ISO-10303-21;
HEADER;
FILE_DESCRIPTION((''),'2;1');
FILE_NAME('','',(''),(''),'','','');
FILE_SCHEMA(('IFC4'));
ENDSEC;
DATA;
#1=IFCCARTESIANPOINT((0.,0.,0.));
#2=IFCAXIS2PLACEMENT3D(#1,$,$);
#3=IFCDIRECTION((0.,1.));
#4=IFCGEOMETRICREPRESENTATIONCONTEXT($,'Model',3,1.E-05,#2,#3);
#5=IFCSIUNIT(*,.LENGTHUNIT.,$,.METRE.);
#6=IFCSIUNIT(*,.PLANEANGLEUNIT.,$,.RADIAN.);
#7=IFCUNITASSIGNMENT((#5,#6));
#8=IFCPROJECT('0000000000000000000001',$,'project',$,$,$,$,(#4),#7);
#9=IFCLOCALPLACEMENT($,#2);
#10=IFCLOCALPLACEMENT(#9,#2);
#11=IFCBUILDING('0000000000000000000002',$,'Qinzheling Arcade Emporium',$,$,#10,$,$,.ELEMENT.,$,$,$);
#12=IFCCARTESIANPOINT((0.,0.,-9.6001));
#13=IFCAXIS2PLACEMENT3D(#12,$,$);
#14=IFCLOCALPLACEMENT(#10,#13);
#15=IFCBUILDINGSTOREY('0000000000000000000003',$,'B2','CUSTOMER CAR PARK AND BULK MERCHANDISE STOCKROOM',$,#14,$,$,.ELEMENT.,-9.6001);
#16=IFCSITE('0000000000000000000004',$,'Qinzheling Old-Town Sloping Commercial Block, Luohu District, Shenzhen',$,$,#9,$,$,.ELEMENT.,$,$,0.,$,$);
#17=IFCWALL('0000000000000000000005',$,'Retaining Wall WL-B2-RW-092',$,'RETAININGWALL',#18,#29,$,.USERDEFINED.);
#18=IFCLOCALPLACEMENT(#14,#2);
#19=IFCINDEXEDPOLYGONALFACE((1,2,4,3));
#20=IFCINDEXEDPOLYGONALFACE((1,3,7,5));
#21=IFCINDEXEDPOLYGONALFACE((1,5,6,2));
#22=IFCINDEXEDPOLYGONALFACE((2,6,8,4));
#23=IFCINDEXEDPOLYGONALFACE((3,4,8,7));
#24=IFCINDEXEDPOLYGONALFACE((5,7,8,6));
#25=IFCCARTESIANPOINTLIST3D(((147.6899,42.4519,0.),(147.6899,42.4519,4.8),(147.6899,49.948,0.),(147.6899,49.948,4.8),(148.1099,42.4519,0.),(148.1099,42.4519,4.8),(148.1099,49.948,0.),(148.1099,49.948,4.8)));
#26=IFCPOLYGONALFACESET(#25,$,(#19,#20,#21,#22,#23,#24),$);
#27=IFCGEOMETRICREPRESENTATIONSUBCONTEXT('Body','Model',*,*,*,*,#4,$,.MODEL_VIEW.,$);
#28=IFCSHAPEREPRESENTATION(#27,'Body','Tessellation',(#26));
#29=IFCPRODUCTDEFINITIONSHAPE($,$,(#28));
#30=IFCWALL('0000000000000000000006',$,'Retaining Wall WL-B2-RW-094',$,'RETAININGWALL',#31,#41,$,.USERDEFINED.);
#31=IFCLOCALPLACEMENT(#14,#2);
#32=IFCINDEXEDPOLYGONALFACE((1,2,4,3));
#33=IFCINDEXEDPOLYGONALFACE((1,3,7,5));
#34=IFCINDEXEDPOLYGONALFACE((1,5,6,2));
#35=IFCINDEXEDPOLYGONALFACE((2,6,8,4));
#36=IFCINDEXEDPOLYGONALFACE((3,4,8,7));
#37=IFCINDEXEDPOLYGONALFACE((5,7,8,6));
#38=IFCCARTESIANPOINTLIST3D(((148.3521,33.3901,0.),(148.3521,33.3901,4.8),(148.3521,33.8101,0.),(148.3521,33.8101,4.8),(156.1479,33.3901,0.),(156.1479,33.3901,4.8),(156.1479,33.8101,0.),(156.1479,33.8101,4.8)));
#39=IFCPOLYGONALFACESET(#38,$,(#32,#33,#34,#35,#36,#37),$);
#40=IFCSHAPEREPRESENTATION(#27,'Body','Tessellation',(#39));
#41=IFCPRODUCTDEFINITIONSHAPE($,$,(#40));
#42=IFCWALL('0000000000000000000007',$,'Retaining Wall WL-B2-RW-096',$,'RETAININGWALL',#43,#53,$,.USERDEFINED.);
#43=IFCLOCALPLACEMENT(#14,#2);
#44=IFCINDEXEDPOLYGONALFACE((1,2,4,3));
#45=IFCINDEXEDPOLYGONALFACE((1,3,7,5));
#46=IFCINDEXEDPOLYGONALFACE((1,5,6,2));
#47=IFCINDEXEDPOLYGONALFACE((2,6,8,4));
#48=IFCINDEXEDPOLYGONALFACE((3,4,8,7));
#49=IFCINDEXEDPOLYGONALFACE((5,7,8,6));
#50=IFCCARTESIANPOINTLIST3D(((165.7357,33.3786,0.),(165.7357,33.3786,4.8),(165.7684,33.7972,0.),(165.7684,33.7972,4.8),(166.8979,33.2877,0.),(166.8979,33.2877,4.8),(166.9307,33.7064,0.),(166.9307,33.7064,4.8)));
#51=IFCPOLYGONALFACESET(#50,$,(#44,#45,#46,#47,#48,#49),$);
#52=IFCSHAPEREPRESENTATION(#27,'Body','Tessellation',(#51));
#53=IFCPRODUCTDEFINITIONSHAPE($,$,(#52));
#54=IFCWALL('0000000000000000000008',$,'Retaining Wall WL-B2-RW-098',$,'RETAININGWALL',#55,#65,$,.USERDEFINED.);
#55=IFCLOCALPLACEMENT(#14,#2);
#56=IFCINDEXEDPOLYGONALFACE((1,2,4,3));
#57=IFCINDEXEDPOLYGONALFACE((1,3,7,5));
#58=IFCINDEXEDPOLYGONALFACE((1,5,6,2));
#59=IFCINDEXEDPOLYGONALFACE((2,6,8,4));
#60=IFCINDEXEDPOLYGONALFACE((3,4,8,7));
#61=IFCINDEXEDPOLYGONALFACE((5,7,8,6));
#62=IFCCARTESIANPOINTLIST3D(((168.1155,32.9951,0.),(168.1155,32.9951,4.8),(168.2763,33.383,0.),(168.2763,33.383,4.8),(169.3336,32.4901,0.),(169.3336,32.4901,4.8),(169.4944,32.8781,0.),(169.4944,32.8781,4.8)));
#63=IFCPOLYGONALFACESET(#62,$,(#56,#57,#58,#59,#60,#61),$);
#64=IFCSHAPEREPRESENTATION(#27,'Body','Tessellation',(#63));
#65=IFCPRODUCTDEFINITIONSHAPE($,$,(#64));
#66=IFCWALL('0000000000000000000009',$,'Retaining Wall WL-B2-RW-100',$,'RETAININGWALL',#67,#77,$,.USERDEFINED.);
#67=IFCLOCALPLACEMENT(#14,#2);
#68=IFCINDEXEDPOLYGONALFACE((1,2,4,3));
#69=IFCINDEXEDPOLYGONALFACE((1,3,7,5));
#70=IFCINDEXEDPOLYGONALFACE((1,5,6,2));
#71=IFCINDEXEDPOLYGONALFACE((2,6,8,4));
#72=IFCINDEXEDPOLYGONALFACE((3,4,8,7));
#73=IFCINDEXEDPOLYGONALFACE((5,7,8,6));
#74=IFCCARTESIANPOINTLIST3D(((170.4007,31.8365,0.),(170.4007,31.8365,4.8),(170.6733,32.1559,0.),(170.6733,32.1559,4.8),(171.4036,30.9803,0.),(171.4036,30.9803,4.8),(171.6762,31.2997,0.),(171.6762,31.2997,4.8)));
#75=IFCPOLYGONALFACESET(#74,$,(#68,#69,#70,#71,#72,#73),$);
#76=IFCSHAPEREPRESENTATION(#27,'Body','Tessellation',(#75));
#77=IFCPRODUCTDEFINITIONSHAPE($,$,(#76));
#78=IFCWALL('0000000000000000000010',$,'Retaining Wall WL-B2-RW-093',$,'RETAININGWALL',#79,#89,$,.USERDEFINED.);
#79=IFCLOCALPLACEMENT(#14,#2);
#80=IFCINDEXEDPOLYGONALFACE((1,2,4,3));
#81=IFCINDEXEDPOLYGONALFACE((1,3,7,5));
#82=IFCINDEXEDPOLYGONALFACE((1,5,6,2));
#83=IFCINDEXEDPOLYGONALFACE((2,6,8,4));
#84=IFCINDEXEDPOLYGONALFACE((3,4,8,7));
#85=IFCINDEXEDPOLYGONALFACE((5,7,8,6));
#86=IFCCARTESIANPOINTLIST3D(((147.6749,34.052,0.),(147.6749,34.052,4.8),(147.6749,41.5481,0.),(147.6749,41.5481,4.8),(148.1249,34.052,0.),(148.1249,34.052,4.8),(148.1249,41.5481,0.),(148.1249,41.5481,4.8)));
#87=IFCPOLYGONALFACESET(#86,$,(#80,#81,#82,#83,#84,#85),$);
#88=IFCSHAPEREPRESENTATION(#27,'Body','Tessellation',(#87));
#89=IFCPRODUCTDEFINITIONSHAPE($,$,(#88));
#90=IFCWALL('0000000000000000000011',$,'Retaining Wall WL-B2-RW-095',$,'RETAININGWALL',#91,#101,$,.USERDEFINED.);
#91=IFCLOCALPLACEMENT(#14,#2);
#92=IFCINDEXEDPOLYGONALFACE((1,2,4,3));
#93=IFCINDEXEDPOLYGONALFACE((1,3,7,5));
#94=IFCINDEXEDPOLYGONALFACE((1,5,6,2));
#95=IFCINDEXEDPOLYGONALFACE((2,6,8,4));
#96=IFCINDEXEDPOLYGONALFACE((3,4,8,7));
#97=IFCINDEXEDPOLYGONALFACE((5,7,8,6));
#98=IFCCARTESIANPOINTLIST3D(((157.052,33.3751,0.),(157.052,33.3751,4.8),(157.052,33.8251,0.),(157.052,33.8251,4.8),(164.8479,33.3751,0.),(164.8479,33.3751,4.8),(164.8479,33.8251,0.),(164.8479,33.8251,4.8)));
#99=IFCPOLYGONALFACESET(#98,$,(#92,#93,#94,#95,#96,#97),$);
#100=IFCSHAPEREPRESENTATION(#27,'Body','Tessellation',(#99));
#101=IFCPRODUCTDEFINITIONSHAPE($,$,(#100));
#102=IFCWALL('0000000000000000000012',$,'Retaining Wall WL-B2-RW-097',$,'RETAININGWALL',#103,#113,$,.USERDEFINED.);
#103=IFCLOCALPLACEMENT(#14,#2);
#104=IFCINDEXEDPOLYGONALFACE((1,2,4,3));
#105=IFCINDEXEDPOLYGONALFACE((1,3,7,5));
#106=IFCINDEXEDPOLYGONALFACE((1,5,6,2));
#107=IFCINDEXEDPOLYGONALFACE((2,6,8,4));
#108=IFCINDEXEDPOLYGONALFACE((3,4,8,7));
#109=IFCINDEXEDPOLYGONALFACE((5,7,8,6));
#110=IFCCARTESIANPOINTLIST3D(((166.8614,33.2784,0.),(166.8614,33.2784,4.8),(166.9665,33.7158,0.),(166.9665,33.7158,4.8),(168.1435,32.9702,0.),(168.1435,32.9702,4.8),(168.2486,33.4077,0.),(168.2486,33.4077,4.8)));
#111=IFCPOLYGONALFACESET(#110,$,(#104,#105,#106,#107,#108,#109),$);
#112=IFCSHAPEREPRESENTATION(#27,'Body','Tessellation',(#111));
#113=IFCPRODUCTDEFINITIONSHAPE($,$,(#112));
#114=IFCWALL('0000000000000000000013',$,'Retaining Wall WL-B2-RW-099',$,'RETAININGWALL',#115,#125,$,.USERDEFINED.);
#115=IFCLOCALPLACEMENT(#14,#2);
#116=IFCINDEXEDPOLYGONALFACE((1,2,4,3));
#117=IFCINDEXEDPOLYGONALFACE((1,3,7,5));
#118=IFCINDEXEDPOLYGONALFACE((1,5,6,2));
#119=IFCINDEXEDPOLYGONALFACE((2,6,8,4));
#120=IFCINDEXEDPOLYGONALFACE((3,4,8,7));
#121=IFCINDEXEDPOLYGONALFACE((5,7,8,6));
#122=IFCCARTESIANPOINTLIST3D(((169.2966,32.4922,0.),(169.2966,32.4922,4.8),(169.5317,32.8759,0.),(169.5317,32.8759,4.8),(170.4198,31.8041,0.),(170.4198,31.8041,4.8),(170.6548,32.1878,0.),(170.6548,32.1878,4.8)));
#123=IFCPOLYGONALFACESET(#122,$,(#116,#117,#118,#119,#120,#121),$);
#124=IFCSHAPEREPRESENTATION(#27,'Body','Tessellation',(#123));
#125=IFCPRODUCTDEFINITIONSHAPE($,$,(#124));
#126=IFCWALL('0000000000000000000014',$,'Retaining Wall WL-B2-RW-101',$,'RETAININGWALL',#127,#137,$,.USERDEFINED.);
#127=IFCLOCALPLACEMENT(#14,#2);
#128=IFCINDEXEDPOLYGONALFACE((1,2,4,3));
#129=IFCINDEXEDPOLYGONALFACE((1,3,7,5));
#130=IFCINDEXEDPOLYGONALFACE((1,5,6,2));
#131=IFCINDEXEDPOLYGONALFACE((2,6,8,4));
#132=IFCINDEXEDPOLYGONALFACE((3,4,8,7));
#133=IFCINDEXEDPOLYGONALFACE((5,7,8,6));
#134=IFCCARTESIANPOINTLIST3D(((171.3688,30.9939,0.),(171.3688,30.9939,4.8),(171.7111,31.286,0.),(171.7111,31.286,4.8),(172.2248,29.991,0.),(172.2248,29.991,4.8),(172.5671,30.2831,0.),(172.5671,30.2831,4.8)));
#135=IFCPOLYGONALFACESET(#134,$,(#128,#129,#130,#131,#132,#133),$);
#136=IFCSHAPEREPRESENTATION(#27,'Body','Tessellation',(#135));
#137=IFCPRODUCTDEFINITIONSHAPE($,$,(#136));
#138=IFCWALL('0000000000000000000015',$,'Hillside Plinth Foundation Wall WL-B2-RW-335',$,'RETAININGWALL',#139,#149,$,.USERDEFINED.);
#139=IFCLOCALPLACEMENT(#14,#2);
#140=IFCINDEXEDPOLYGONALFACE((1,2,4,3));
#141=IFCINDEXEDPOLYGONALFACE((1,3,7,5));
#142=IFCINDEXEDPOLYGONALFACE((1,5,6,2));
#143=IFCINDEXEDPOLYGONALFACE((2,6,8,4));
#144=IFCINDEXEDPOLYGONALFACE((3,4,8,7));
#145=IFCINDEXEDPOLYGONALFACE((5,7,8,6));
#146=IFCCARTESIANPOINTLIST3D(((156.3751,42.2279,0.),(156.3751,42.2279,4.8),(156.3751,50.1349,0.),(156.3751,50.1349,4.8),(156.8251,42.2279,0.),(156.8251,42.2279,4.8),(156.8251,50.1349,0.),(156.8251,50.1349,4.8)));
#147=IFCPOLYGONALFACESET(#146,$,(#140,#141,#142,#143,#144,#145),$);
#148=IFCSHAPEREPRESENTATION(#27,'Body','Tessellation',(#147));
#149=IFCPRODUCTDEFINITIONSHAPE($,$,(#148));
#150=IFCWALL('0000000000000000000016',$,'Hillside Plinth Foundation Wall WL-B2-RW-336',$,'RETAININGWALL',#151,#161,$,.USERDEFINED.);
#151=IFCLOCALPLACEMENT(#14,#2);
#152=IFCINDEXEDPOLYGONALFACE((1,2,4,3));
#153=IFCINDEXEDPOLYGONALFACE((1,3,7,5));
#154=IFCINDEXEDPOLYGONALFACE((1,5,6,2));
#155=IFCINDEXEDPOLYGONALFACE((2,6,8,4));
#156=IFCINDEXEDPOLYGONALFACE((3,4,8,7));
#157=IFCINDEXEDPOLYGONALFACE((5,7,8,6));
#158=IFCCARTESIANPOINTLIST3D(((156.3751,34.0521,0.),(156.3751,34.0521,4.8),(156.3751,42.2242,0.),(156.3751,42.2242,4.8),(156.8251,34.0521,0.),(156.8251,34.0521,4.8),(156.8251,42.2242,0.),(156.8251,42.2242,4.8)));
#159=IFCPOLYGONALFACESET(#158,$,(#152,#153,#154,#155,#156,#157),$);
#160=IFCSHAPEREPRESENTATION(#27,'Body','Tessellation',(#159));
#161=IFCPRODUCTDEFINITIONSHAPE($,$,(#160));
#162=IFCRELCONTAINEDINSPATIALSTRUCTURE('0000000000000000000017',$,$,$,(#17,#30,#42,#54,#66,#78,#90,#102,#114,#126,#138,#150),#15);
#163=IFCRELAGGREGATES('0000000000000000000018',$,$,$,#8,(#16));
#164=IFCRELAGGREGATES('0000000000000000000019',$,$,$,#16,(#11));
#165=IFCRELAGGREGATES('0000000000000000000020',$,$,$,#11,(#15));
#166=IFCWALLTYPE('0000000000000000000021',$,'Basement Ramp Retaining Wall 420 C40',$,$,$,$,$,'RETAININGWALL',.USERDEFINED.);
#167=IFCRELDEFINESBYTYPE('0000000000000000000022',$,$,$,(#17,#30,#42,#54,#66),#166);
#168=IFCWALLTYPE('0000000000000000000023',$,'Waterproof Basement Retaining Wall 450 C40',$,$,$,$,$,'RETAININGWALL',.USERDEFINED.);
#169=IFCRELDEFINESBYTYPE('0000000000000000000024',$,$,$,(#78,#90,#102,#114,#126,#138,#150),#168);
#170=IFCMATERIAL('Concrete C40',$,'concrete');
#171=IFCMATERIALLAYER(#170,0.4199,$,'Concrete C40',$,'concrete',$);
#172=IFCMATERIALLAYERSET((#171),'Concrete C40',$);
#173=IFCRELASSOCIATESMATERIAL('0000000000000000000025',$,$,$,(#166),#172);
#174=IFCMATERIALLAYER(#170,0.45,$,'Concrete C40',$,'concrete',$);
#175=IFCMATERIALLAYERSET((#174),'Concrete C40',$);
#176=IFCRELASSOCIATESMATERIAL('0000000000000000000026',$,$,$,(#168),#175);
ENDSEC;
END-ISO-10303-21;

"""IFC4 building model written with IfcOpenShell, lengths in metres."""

from ifc_helpers import new_model, si_unit, direction, frame, frame_2d, origin, place, context, subcontext, project, spatial, rectangle, extrude, material, layer, layer_set, type_object, element, save


model = new_model("IFC4")

# Units and contexts
model_context = context("Model", 3, precision=1e-05, world=origin(), true_north=direction((0.0, 1.0)))
body_context = subcontext(model_context, "Body", "Model", "MODEL_VIEW")
ifc_project = project(units=[si_unit("LENGTHUNIT", "METRE"), si_unit("PLANEANGLEUNIT", "RADIAN")], contexts=[model_context])

# Site, building, storey
site_placement = place(None, origin())
site = spatial("IfcSite", under=ifc_project, at=site_placement, Name="Qinzheling Old-Town Sloping Commercial Block, Luohu District, Shenzhen", CompositionType="ELEMENT", RefElevation=0.0)
building_placement = place(site_placement, origin())
building = spatial("IfcBuilding", under=site, at=building_placement, Name="Qinzheling Arcade Emporium", CompositionType="ELEMENT")
storey_placement = place(building_placement, frame((0.0, 0.0, -9.6001)))
storey = spatial("IfcBuildingStorey", under=building, at=storey_placement, Name="B2", Description="CUSTOMER CAR PARK AND BULK MERCHANDISE STOCKROOM", CompositionType="ELEMENT", Elevation=-9.6001)

# Shared definitions
ifc_material_1 = material(Name="Concrete C40", Category="concrete")

# Walls
ifc_layer_1 = layer(ifc_material_1, 0.4199, Name="Concrete C40", Category="concrete")
ifc_layer_set_1 = layer_set([ifc_layer_1], Name="Concrete C40")
wall_type_1 = type_object("IfcWallType", Name="Basement Ramp Retaining Wall 420 C40", ElementType="RETAININGWALL", PredefinedType="USERDEFINED", material=ifc_layer_set_1)
wall_1_placement = place(storey_placement, frame((147.8999, 49.948, 0.0), z_axis=(0.0, 0.0, 1.0), x_axis=(0.0, -1.0, 0.0)))
element("IfcWall", 1, at=wall_1_placement, inside=storey, type_object=wall_type_1, Name="Retaining Wall WL-B2-RW-092", ObjectType="RETAININGWALL", PredefinedType="USERDEFINED", context=body_context, shape_type="SweptSolid", body=[
    extrude(rectangle(XDim=7.4961, YDim=0.4199, at=frame_2d((3.748, 0.0))), origin(), (0.0, 0.0, 1.0), 4.8),
])
wall_2_placement = place(storey_placement, frame((148.3521, 33.6001, 0.0), z_axis=(0.0, 0.0, 1.0), x_axis=(1.0, 0.0, 0.0)))
element("IfcWall", 2, at=wall_2_placement, inside=storey, type_object=wall_type_1, Name="Retaining Wall WL-B2-RW-094", ObjectType="RETAININGWALL", PredefinedType="USERDEFINED", context=body_context, shape_type="SweptSolid", body=[
    extrude(rectangle(XDim=7.7959, YDim=0.4199, at=frame_2d((3.8979, 0.0))), origin(), (0.0, 0.0, 1.0), 4.8),
])
wall_3_placement = place(storey_placement, frame((165.752, 33.5879, 0.0), z_axis=(0.0, 0.0, 1.0), x_axis=(0.99696, -0.077914, 0.0)))
element("IfcWall", 3, at=wall_3_placement, inside=storey, type_object=wall_type_1, Name="Retaining Wall WL-B2-RW-096", ObjectType="RETAININGWALL", PredefinedType="USERDEFINED", context=body_context, shape_type="SweptSolid", body=[
    extrude(rectangle(XDim=1.1658, YDim=0.4199, at=frame_2d((0.583, 0.0))), origin(), (0.0, 0.0, 1.0), 4.8),
])
for number, where, z_axis, x_axis, name in (
    (4, (168.196, 33.189, 0.0), (0.0, 0.0, 1.0), (0.923782, -0.382919, 0.0), "Retaining Wall WL-B2-RW-098"),
    (5, (170.5371, 31.9961, 0.0), (0.0, 0.0, 1.0), (0.760549, -0.649281, 0.0), "Retaining Wall WL-B2-RW-100"),
):
    element("IfcWall", number, at=place(storey_placement, frame(where, z_axis=z_axis, x_axis=x_axis)), inside=storey, type_object=wall_type_1, Name=name, ObjectType="RETAININGWALL", PredefinedType="USERDEFINED", context=body_context, shape_type="SweptSolid", body=[
        extrude(rectangle(XDim=1.3186, YDim=0.4199, at=frame_2d((0.6592, 0.0))), origin(), (0.0, 0.0, 1.0), 4.8),
    ])
ifc_layer_2 = layer(ifc_material_1, 0.45, Name="Concrete C40", Category="concrete")
ifc_layer_set_2 = layer_set([ifc_layer_2], Name="Concrete C40")
wall_type_2 = type_object("IfcWallType", Name="Waterproof Basement Retaining Wall 450 C40", ElementType="RETAININGWALL", PredefinedType="USERDEFINED", material=ifc_layer_set_2)
wall_4_placement = place(storey_placement, frame((147.8999, 41.5481, 0.0), z_axis=(0.0, 0.0, 1.0), x_axis=(0.0, -1.0, 0.0)))
element("IfcWall", 6, at=wall_4_placement, inside=storey, type_object=wall_type_2, Name="Retaining Wall WL-B2-RW-093", ObjectType="RETAININGWALL", PredefinedType="USERDEFINED", context=body_context, shape_type="SweptSolid", body=[
    extrude(rectangle(XDim=7.4961, YDim=0.45, at=frame_2d((3.748, 0.0))), origin(), (0.0, 0.0, 1.0), 4.8),
])
wall_5_placement = place(storey_placement, frame((157.052, 33.6001, 0.0), z_axis=(0.0, 0.0, 1.0), x_axis=(1.0, 0.0, 0.0)))
element("IfcWall", 7, at=wall_5_placement, inside=storey, type_object=wall_type_2, Name="Retaining Wall WL-B2-RW-095", ObjectType="RETAININGWALL", PredefinedType="USERDEFINED", context=body_context, shape_type="SweptSolid", body=[
    extrude(rectangle(XDim=7.7959, YDim=0.45, at=frame_2d((3.8979, 0.0))), origin(), (0.0, 0.0, 1.0), 4.8),
])
wall_6_placement = place(storey_placement, frame((166.9141, 33.4971, 0.0), z_axis=(0.0, 0.0, 1.0), x_axis=(0.972313, -0.233681, 0.0)))
element("IfcWall", 8, at=wall_6_placement, inside=storey, type_object=wall_type_2, Name="Retaining Wall WL-B2-RW-097", ObjectType="RETAININGWALL", PredefinedType="USERDEFINED", context=body_context, shape_type="SweptSolid", body=[
    extrude(rectangle(XDim=1.3186, YDim=0.45, at=frame_2d((0.6592, 0.0))), origin(), (0.0, 0.0, 1.0), 4.8),
])
wall_7_placement = place(storey_placement, frame((169.4141, 32.6841, 0.0), z_axis=(0.0, 0.0, 1.0), x_axis=(0.852713, -0.522379, 0.0)))
element("IfcWall", 9, at=wall_7_placement, inside=storey, type_object=wall_type_2, Name="Retaining Wall WL-B2-RW-099", ObjectType="RETAININGWALL", PredefinedType="USERDEFINED", context=body_context, shape_type="SweptSolid", body=[
    extrude(rectangle(XDim=1.3171, YDim=0.45, at=frame_2d((0.6587, 0.0))), origin(), (0.0, 0.0, 1.0), 4.8),
])
wall_8_placement = place(storey_placement, frame((171.54, 31.1399, 0.0), z_axis=(0.0, 0.0, 1.0), x_axis=(0.649174, -0.76064, 0.0)))
element("IfcWall", 10, at=wall_8_placement, inside=storey, type_object=wall_type_2, Name="Retaining Wall WL-B2-RW-101", ObjectType="RETAININGWALL", PredefinedType="USERDEFINED", context=body_context, shape_type="SweptSolid", body=[
    extrude(rectangle(XDim=1.3186, YDim=0.45, at=frame_2d((0.6592, 0.0))), origin(), (0.0, 0.0, 1.0), 4.8),
])
wall_9_placement = place(storey_placement, frame((156.6001, 50.135, 0.0), z_axis=(0.0, 0.0, 1.0), x_axis=(0.0, -1.0, 0.0)))
element("IfcWall", 11, at=wall_9_placement, inside=storey, type_object=wall_type_2, Name="Hillside Plinth Foundation Wall WL-B2-RW-335", ObjectType="RETAININGWALL", PredefinedType="USERDEFINED", context=body_context, shape_type="SweptSolid", body=[
    extrude(rectangle(XDim=7.907, YDim=0.45, at=frame_2d((3.9536, 0.0))), origin(), (0.0, 0.0, 1.0), 4.8),
])
wall_10_placement = place(storey_placement, frame((156.6001, 42.2241, 0.0), z_axis=(0.0, 0.0, 1.0), x_axis=(0.0, -1.0, 0.0)))
element("IfcWall", 12, at=wall_10_placement, inside=storey, type_object=wall_type_2, Name="Hillside Plinth Foundation Wall WL-B2-RW-336", ObjectType="RETAININGWALL", PredefinedType="USERDEFINED", context=body_context, shape_type="SweptSolid", body=[
    extrude(rectangle(XDim=8.1721, YDim=0.45, at=frame_2d((4.0859, 0.0))), origin(), (0.0, 0.0, 1.0), 4.8),
])

save(model, "model.ifc")
